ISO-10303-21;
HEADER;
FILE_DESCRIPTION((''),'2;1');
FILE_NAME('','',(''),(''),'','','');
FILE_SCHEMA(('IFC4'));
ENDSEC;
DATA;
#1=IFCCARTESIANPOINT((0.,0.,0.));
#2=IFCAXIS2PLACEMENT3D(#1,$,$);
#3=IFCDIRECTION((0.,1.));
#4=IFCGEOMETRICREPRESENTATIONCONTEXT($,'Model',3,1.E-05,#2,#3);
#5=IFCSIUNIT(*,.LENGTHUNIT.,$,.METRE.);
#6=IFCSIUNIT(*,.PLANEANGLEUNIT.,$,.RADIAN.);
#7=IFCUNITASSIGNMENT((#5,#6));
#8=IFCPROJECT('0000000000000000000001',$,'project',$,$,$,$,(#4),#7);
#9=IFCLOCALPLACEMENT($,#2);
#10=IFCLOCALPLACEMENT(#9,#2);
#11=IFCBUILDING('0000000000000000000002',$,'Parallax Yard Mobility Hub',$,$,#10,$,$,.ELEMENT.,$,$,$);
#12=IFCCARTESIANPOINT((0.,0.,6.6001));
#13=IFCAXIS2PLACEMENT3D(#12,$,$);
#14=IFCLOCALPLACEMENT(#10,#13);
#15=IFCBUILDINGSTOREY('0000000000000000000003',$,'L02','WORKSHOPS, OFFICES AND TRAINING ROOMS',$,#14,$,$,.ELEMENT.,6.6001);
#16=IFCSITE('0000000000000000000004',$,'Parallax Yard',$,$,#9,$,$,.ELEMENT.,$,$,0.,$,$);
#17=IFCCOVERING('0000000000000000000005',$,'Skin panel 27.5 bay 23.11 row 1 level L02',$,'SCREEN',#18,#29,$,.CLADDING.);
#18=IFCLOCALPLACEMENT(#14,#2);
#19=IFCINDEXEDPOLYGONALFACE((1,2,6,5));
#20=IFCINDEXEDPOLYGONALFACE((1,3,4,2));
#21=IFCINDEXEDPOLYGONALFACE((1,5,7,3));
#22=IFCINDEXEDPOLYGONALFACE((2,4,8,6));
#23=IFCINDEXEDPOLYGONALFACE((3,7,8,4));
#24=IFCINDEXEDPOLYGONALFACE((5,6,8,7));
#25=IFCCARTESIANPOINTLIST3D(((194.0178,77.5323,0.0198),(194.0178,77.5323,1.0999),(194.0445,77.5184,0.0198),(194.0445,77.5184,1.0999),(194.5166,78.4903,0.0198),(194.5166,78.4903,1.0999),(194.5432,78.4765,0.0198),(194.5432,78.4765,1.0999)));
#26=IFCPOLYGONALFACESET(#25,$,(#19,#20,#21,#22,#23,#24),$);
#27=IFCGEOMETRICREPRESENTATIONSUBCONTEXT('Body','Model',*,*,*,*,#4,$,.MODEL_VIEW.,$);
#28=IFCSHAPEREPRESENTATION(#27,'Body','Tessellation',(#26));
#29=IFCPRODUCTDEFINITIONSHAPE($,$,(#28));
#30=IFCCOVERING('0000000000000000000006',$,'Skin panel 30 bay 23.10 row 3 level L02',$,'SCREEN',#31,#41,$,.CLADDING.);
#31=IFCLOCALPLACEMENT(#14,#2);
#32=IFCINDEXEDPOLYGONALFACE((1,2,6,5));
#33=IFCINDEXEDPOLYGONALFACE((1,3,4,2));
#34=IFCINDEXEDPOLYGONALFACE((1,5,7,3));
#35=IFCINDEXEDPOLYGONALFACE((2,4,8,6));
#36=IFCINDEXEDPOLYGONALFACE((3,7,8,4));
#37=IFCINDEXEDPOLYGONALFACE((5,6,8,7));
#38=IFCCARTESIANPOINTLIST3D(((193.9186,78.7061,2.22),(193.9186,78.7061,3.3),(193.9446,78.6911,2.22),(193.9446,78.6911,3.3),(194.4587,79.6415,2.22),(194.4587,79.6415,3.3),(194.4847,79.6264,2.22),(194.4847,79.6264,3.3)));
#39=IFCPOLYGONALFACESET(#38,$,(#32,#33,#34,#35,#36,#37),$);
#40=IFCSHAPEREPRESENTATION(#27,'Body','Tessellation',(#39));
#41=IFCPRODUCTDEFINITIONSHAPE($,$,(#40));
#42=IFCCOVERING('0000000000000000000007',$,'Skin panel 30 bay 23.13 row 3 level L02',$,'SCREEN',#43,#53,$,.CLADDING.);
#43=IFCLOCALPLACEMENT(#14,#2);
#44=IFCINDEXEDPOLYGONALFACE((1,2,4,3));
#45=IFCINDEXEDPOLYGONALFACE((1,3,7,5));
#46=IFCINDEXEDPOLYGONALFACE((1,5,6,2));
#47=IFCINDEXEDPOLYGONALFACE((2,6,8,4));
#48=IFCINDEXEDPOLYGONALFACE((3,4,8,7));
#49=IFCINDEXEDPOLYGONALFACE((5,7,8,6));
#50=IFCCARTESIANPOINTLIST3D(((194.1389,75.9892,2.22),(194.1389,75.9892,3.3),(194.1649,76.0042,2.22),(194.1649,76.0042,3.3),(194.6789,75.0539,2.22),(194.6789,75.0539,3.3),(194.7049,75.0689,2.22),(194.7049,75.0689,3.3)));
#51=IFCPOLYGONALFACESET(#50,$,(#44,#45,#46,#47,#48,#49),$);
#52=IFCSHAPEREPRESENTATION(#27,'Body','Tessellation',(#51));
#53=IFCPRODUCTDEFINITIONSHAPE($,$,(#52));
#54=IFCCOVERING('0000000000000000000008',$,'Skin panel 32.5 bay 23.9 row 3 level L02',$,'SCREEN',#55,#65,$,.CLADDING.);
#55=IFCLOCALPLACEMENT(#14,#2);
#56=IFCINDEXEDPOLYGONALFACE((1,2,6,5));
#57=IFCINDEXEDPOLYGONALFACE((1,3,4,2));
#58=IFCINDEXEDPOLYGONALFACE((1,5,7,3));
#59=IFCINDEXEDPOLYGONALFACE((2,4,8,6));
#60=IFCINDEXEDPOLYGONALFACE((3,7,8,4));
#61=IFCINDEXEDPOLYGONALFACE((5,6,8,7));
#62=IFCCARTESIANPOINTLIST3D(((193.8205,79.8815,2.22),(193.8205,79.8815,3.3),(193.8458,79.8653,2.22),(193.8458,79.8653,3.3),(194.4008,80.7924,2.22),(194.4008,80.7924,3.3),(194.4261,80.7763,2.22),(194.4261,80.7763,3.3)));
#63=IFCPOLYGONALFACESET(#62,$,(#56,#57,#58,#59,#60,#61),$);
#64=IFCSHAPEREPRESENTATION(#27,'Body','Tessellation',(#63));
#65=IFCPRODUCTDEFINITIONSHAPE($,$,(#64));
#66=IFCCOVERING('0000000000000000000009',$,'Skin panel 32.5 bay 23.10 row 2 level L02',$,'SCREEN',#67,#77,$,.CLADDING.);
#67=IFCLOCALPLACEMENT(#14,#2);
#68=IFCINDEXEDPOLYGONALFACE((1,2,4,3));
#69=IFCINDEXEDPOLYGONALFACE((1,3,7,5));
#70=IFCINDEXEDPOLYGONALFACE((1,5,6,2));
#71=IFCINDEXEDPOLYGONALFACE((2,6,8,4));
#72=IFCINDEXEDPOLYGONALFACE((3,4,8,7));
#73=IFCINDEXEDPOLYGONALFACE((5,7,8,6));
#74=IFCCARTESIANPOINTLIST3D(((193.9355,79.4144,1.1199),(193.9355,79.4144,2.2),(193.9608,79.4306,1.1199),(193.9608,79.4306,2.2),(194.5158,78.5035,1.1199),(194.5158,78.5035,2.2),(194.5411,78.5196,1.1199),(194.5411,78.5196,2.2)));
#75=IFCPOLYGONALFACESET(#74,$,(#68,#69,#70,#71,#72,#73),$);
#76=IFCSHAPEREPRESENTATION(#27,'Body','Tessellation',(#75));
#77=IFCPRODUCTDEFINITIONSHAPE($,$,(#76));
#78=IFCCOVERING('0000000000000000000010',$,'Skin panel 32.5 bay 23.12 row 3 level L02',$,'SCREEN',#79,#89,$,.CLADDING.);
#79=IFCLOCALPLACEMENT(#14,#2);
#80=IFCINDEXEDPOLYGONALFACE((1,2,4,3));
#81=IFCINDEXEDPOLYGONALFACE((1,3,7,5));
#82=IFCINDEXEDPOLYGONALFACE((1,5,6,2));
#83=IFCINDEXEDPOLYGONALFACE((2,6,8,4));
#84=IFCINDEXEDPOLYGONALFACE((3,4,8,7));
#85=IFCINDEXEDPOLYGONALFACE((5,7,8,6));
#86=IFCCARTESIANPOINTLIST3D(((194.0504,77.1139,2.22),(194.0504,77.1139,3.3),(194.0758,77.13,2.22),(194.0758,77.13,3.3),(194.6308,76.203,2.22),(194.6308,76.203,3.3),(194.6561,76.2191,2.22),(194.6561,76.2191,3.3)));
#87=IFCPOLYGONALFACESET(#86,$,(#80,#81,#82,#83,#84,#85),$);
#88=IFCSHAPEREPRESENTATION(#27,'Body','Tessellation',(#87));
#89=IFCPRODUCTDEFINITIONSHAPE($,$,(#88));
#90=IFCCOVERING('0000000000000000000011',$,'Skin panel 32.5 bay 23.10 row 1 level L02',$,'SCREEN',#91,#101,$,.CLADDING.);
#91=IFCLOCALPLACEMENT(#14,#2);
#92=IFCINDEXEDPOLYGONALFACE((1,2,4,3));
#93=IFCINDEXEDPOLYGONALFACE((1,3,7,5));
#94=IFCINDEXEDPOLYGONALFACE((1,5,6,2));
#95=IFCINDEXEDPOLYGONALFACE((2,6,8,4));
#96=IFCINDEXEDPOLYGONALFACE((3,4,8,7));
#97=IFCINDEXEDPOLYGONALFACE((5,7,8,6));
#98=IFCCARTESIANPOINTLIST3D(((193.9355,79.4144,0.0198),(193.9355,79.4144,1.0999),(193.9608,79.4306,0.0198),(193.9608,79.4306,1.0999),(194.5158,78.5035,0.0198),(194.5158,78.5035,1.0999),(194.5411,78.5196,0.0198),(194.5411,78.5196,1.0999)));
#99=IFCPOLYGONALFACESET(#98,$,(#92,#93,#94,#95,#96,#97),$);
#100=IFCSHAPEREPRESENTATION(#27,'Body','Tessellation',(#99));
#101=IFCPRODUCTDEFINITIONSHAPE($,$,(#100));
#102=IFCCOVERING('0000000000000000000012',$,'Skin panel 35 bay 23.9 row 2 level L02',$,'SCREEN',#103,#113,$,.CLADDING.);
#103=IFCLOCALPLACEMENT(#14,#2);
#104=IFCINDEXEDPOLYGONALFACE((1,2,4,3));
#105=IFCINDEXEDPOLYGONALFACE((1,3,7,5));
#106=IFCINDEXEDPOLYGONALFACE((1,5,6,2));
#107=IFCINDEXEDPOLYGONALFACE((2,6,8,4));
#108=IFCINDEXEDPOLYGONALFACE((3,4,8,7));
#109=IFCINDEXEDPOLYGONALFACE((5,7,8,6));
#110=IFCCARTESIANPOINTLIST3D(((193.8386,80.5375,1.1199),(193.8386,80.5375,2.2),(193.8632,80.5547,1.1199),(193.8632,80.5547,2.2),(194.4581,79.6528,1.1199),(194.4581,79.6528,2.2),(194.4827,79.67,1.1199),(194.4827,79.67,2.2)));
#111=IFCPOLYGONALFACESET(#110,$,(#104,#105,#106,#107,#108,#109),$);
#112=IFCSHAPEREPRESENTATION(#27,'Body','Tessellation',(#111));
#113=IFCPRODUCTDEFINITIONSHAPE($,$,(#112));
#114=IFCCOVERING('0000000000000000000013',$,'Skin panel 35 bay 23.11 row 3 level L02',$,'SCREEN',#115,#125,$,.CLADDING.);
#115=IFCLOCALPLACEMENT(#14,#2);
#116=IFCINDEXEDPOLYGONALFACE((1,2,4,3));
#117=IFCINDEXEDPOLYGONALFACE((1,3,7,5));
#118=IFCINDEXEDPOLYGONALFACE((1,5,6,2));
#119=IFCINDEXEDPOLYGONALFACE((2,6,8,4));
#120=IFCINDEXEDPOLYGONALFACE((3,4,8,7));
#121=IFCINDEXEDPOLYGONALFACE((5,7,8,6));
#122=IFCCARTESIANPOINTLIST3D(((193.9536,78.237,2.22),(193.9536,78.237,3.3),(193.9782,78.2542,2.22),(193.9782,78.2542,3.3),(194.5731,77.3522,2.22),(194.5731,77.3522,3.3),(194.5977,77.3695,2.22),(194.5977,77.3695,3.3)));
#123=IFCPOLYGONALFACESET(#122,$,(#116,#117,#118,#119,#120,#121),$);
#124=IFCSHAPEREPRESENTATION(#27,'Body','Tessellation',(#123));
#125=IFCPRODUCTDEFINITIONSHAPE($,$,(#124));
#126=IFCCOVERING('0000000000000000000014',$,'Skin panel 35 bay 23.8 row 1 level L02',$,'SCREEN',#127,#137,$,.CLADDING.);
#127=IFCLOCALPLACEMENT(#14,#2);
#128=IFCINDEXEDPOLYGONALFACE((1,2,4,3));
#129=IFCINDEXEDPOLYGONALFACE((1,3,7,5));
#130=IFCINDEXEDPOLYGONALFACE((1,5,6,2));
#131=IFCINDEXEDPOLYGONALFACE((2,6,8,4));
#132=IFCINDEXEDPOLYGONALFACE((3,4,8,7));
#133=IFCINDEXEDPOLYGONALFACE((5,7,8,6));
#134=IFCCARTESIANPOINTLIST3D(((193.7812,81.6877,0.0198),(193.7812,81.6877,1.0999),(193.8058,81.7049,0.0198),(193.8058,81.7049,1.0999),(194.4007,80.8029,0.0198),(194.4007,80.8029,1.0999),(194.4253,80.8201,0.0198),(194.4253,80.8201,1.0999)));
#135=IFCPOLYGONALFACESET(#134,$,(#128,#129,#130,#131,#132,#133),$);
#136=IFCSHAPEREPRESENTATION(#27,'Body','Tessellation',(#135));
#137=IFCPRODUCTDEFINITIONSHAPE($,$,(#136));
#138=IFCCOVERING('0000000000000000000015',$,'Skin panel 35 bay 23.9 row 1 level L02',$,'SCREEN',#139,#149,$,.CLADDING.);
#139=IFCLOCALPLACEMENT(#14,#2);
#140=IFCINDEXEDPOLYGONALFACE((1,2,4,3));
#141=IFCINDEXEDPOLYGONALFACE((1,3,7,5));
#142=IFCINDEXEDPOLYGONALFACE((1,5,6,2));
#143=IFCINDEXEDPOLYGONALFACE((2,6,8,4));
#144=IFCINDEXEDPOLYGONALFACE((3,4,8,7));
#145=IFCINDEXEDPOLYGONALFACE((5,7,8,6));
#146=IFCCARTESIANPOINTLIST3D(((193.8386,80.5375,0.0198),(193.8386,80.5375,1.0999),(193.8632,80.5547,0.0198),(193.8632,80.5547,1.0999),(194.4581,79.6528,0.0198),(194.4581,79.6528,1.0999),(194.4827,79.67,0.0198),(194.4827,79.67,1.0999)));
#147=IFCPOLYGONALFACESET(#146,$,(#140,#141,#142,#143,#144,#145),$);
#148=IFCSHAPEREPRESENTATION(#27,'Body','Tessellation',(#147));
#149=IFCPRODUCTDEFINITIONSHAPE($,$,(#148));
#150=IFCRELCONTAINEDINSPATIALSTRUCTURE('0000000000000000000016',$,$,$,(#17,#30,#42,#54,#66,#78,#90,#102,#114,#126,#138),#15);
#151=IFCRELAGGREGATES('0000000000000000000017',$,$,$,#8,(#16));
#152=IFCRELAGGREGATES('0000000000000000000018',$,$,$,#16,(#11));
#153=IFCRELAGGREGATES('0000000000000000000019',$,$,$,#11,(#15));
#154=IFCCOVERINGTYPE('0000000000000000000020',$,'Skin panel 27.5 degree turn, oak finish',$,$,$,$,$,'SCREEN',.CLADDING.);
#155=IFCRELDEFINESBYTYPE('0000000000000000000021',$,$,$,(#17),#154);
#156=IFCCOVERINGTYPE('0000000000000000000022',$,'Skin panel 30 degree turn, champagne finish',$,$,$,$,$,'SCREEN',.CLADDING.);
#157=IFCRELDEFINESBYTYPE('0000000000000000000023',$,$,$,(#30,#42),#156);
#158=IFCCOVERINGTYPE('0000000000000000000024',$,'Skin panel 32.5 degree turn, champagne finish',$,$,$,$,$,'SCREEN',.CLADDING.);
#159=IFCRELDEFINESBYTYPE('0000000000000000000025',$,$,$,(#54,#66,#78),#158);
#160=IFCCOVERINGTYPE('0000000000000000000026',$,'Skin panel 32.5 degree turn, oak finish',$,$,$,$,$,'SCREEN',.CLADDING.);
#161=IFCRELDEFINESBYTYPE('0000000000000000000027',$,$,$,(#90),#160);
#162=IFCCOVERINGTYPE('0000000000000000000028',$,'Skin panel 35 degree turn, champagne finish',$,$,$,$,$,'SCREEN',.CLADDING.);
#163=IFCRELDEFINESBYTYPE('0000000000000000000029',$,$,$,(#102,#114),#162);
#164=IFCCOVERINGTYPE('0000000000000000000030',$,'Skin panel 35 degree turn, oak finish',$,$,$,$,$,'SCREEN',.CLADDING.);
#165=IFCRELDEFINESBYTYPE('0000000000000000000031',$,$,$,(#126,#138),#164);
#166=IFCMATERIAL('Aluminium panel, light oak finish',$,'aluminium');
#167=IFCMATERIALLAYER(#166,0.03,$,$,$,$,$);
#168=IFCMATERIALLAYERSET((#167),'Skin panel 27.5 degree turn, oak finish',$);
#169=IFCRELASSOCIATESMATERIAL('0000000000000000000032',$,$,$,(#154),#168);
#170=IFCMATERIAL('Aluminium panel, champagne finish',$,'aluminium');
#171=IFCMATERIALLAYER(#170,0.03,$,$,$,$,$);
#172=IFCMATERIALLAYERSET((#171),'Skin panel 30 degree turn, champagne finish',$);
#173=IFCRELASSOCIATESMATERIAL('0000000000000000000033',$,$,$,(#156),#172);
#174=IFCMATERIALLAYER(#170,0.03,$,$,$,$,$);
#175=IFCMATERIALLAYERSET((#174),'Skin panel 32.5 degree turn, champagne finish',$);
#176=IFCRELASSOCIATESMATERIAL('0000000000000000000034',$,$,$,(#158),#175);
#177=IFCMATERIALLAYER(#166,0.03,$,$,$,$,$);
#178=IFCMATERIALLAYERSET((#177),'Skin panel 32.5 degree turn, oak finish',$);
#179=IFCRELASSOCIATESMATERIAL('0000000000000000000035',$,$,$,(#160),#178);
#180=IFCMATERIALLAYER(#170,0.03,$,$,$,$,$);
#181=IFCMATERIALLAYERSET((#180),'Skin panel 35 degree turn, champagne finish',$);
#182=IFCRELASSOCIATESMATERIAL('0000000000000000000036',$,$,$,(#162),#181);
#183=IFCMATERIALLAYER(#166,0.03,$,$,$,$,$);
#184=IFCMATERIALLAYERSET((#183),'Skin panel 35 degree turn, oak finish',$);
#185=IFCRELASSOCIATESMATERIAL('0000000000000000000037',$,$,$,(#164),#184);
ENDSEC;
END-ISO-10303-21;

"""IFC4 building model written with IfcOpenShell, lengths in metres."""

from ifc_helpers import new_model, si_unit, direction, frame, origin, origin_2d, place, context, subcontext, project, spatial, rectangle, extrude, material, layer, layer_set, type_object, element, save


model = new_model("IFC4")

# Units and contexts
model_context = context("Model", 3, precision=1e-05, world=origin(), true_north=direction((0.0, 1.0)))
body_context = subcontext(model_context, "Body", "Model", "MODEL_VIEW")
ifc_project = project(units=[si_unit("LENGTHUNIT", "METRE"), si_unit("PLANEANGLEUNIT", "RADIAN")], contexts=[model_context])

# Site, building, storey
site_placement = place(None, origin())
site = spatial("IfcSite", under=ifc_project, at=site_placement, Name="Parallax Yard", CompositionType="ELEMENT", RefElevation=0.0)
building_placement = place(site_placement, origin())
building = spatial("IfcBuilding", under=site, at=building_placement, Name="Parallax Yard Mobility Hub", CompositionType="ELEMENT")
storey_placement = place(building_placement, frame((0.0, 0.0, 6.6001)))
storey = spatial("IfcBuildingStorey", under=building, at=storey_placement, Name="L02", Description="WORKSHOPS, OFFICES AND TRAINING ROOMS", CompositionType="ELEMENT", Elevation=6.6001)

# Coverings
ifc_material_1 = material(Name="Aluminium panel, champagne finish", Category="aluminium")
ifc_material_2 = material(Name="Aluminium panel, light oak finish", Category="aluminium")
ifc_layer_1 = layer(ifc_material_2, 0.03)
ifc_layer_set_1 = layer_set([ifc_layer_1], Name="Skin panel 27.5 degree turn, oak finish")
covering_type_1 = type_object("IfcCoveringType", Name="Skin panel 27.5 degree turn, oak finish", ElementType="SCREEN", PredefinedType="CLADDING", material=ifc_layer_set_1)
covering_1_placement = place(storey_placement, frame((194.2805, 78.0044, 0.0198), z_axis=(0.0, 0.0, 1.0), x_axis=(-0.461749, -0.887011, 0.0)))
element("IfcCovering", 1, at=covering_1_placement, inside=storey, type_object=covering_type_1, Name="Skin panel 27.5 bay 23.11 row 1 level L02", ObjectType="SCREEN", PredefinedType="CLADDING", context=body_context, shape_type="SweptSolid", body=[
    extrude(rectangle(XDim=1.0801, YDim=0.03, at=origin_2d()), origin(), (0.0, 0.0, 1.0), 1.0801),
])
ifc_layer_2 = layer(ifc_material_1, 0.03)
ifc_layer_set_2 = layer_set([ifc_layer_2], Name="Skin panel 30 degree turn, champagne finish")
covering_type_2 = type_object("IfcCoveringType", Name="Skin panel 30 degree turn, champagne finish", ElementType="SCREEN", PredefinedType="CLADDING", material=ifc_layer_set_2)
for number, where, z_axis, x_axis, name in (
    (2, (194.2017, 79.1663, 2.22), (0.0, 0.0, 1.0), (-0.5, -0.866025, 0.0), "Skin panel 30 bay 23.10 row 3 level L02"),
    (3, (194.4219, 75.5291, 2.22), (0.0, 0.0, 1.0), (-0.5, 0.866025, 0.0), "Skin panel 30 bay 23.13 row 3 level L02"),
):
    element("IfcCovering", number, at=place(storey_placement, frame(where, z_axis=z_axis, x_axis=x_axis)), inside=storey, type_object=covering_type_2, Name=name, ObjectType="SCREEN", PredefinedType="CLADDING", context=body_context, shape_type="SweptSolid", body=[
        extrude(rectangle(XDim=1.0801, YDim=0.03, at=origin_2d()), origin(), (0.0, 0.0, 1.0), 1.0801),
    ])
ifc_layer_3 = layer(ifc_material_1, 0.03)
ifc_layer_set_3 = layer_set([ifc_layer_3], Name="Skin panel 32.5 degree turn, champagne finish")
covering_type_3 = type_object("IfcCoveringType", Name="Skin panel 32.5 degree turn, champagne finish", ElementType="SCREEN", PredefinedType="CLADDING", material=ifc_layer_set_3)
for number, where, z_axis, x_axis, name in (
    (4, (194.1233, 80.3289, 2.22), (0.0, 0.0, 1.0), (-0.5373, -0.843391, 0.0), "Skin panel 32.5 bay 23.9 row 3 level L02"),
    (5, (194.2383, 78.967, 1.1199), (0.0, 0.0, 1.0), (-0.5373, 0.843391, 0.0), "Skin panel 32.5 bay 23.10 row 2 level L02"),
    (6, (194.3533, 76.6665, 2.22), (0.0, 0.0, 1.0), (-0.5373, 0.843391, 0.0), "Skin panel 32.5 bay 23.12 row 3 level L02"),
):
    element("IfcCovering", number, at=place(storey_placement, frame(where, z_axis=z_axis, x_axis=x_axis)), inside=storey, type_object=covering_type_3, Name=name, ObjectType="SCREEN", PredefinedType="CLADDING", context=body_context, shape_type="SweptSolid", body=[
        extrude(rectangle(XDim=1.0801, YDim=0.03, at=origin_2d()), origin(), (0.0, 0.0, 1.0), 1.0801),
    ])
ifc_layer_4 = layer(ifc_material_2, 0.03)
ifc_layer_set_4 = layer_set([ifc_layer_4], Name="Skin panel 32.5 degree turn, oak finish")
covering_type_4 = type_object("IfcCoveringType", Name="Skin panel 32.5 degree turn, oak finish", ElementType="SCREEN", PredefinedType="CLADDING", material=ifc_layer_set_4)
covering_2_placement = place(storey_placement, frame((194.2383, 78.967, 0.0198), z_axis=(0.0, 0.0, 1.0), x_axis=(-0.5373, 0.843391, 0.0)))
element("IfcCovering", 7, at=covering_2_placement, inside=storey, type_object=covering_type_4, Name="Skin panel 32.5 bay 23.10 row 1 level L02", ObjectType="SCREEN", PredefinedType="CLADDING", context=body_context, shape_type="SweptSolid", body=[
    extrude(rectangle(XDim=1.0801, YDim=0.03, at=origin_2d()), origin(), (0.0, 0.0, 1.0), 1.0801),
])
ifc_layer_5 = layer(ifc_material_1, 0.03)
ifc_layer_set_5 = layer_set([ifc_layer_5], Name="Skin panel 35 degree turn, champagne finish")
covering_type_5 = type_object("IfcCoveringType", Name="Skin panel 35 degree turn, champagne finish", ElementType="SCREEN", PredefinedType="CLADDING", material=ifc_layer_set_5)
for number, where, z_axis, x_axis, name in (
    (8, (194.1606, 80.1038, 1.1199), (0.0, 0.0, 1.0), (-0.573576, 0.819152, 0.0), "Skin panel 35 bay 23.9 row 2 level L02"),
    (9, (194.2756, 77.8032, 2.22), (0.0, 0.0, 1.0), (-0.573576, 0.819152, 0.0), "Skin panel 35 bay 23.11 row 3 level L02"),
):
    element("IfcCovering", number, at=place(storey_placement, frame(where, z_axis=z_axis, x_axis=x_axis)), inside=storey, type_object=covering_type_5, Name=name, ObjectType="SCREEN", PredefinedType="CLADDING", context=body_context, shape_type="SweptSolid", body=[
        extrude(rectangle(XDim=1.0801, YDim=0.03, at=origin_2d()), origin(), (0.0, 0.0, 1.0), 1.0801),
    ])
ifc_layer_6 = layer(ifc_material_2, 0.03)
ifc_layer_set_6 = layer_set([ifc_layer_6], Name="Skin panel 35 degree turn, oak finish")
covering_type_6 = type_object("IfcCoveringType", Name="Skin panel 35 degree turn, oak finish", ElementType="SCREEN", PredefinedType="CLADDING", material=ifc_layer_set_6)
for number, where, z_axis, x_axis, name in (
    (10, (194.1033, 81.2539, 0.0198), (0.0, 0.0, 1.0), (-0.573576, 0.819152, 0.0), "Skin panel 35 bay 23.8 row 1 level L02"),
    (11, (194.1606, 80.1038, 0.0198), (0.0, 0.0, 1.0), (-0.573576, 0.819152, 0.0), "Skin panel 35 bay 23.9 row 1 level L02"),
):
    element("IfcCovering", number, at=place(storey_placement, frame(where, z_axis=z_axis, x_axis=x_axis)), inside=storey, type_object=covering_type_6, Name=name, ObjectType="SCREEN", PredefinedType="CLADDING", context=body_context, shape_type="SweptSolid", body=[
        extrude(rectangle(XDim=1.0801, YDim=0.03, at=origin_2d()), origin(), (0.0, 0.0, 1.0), 1.0801),
    ])

save(model, "model.ifc")
